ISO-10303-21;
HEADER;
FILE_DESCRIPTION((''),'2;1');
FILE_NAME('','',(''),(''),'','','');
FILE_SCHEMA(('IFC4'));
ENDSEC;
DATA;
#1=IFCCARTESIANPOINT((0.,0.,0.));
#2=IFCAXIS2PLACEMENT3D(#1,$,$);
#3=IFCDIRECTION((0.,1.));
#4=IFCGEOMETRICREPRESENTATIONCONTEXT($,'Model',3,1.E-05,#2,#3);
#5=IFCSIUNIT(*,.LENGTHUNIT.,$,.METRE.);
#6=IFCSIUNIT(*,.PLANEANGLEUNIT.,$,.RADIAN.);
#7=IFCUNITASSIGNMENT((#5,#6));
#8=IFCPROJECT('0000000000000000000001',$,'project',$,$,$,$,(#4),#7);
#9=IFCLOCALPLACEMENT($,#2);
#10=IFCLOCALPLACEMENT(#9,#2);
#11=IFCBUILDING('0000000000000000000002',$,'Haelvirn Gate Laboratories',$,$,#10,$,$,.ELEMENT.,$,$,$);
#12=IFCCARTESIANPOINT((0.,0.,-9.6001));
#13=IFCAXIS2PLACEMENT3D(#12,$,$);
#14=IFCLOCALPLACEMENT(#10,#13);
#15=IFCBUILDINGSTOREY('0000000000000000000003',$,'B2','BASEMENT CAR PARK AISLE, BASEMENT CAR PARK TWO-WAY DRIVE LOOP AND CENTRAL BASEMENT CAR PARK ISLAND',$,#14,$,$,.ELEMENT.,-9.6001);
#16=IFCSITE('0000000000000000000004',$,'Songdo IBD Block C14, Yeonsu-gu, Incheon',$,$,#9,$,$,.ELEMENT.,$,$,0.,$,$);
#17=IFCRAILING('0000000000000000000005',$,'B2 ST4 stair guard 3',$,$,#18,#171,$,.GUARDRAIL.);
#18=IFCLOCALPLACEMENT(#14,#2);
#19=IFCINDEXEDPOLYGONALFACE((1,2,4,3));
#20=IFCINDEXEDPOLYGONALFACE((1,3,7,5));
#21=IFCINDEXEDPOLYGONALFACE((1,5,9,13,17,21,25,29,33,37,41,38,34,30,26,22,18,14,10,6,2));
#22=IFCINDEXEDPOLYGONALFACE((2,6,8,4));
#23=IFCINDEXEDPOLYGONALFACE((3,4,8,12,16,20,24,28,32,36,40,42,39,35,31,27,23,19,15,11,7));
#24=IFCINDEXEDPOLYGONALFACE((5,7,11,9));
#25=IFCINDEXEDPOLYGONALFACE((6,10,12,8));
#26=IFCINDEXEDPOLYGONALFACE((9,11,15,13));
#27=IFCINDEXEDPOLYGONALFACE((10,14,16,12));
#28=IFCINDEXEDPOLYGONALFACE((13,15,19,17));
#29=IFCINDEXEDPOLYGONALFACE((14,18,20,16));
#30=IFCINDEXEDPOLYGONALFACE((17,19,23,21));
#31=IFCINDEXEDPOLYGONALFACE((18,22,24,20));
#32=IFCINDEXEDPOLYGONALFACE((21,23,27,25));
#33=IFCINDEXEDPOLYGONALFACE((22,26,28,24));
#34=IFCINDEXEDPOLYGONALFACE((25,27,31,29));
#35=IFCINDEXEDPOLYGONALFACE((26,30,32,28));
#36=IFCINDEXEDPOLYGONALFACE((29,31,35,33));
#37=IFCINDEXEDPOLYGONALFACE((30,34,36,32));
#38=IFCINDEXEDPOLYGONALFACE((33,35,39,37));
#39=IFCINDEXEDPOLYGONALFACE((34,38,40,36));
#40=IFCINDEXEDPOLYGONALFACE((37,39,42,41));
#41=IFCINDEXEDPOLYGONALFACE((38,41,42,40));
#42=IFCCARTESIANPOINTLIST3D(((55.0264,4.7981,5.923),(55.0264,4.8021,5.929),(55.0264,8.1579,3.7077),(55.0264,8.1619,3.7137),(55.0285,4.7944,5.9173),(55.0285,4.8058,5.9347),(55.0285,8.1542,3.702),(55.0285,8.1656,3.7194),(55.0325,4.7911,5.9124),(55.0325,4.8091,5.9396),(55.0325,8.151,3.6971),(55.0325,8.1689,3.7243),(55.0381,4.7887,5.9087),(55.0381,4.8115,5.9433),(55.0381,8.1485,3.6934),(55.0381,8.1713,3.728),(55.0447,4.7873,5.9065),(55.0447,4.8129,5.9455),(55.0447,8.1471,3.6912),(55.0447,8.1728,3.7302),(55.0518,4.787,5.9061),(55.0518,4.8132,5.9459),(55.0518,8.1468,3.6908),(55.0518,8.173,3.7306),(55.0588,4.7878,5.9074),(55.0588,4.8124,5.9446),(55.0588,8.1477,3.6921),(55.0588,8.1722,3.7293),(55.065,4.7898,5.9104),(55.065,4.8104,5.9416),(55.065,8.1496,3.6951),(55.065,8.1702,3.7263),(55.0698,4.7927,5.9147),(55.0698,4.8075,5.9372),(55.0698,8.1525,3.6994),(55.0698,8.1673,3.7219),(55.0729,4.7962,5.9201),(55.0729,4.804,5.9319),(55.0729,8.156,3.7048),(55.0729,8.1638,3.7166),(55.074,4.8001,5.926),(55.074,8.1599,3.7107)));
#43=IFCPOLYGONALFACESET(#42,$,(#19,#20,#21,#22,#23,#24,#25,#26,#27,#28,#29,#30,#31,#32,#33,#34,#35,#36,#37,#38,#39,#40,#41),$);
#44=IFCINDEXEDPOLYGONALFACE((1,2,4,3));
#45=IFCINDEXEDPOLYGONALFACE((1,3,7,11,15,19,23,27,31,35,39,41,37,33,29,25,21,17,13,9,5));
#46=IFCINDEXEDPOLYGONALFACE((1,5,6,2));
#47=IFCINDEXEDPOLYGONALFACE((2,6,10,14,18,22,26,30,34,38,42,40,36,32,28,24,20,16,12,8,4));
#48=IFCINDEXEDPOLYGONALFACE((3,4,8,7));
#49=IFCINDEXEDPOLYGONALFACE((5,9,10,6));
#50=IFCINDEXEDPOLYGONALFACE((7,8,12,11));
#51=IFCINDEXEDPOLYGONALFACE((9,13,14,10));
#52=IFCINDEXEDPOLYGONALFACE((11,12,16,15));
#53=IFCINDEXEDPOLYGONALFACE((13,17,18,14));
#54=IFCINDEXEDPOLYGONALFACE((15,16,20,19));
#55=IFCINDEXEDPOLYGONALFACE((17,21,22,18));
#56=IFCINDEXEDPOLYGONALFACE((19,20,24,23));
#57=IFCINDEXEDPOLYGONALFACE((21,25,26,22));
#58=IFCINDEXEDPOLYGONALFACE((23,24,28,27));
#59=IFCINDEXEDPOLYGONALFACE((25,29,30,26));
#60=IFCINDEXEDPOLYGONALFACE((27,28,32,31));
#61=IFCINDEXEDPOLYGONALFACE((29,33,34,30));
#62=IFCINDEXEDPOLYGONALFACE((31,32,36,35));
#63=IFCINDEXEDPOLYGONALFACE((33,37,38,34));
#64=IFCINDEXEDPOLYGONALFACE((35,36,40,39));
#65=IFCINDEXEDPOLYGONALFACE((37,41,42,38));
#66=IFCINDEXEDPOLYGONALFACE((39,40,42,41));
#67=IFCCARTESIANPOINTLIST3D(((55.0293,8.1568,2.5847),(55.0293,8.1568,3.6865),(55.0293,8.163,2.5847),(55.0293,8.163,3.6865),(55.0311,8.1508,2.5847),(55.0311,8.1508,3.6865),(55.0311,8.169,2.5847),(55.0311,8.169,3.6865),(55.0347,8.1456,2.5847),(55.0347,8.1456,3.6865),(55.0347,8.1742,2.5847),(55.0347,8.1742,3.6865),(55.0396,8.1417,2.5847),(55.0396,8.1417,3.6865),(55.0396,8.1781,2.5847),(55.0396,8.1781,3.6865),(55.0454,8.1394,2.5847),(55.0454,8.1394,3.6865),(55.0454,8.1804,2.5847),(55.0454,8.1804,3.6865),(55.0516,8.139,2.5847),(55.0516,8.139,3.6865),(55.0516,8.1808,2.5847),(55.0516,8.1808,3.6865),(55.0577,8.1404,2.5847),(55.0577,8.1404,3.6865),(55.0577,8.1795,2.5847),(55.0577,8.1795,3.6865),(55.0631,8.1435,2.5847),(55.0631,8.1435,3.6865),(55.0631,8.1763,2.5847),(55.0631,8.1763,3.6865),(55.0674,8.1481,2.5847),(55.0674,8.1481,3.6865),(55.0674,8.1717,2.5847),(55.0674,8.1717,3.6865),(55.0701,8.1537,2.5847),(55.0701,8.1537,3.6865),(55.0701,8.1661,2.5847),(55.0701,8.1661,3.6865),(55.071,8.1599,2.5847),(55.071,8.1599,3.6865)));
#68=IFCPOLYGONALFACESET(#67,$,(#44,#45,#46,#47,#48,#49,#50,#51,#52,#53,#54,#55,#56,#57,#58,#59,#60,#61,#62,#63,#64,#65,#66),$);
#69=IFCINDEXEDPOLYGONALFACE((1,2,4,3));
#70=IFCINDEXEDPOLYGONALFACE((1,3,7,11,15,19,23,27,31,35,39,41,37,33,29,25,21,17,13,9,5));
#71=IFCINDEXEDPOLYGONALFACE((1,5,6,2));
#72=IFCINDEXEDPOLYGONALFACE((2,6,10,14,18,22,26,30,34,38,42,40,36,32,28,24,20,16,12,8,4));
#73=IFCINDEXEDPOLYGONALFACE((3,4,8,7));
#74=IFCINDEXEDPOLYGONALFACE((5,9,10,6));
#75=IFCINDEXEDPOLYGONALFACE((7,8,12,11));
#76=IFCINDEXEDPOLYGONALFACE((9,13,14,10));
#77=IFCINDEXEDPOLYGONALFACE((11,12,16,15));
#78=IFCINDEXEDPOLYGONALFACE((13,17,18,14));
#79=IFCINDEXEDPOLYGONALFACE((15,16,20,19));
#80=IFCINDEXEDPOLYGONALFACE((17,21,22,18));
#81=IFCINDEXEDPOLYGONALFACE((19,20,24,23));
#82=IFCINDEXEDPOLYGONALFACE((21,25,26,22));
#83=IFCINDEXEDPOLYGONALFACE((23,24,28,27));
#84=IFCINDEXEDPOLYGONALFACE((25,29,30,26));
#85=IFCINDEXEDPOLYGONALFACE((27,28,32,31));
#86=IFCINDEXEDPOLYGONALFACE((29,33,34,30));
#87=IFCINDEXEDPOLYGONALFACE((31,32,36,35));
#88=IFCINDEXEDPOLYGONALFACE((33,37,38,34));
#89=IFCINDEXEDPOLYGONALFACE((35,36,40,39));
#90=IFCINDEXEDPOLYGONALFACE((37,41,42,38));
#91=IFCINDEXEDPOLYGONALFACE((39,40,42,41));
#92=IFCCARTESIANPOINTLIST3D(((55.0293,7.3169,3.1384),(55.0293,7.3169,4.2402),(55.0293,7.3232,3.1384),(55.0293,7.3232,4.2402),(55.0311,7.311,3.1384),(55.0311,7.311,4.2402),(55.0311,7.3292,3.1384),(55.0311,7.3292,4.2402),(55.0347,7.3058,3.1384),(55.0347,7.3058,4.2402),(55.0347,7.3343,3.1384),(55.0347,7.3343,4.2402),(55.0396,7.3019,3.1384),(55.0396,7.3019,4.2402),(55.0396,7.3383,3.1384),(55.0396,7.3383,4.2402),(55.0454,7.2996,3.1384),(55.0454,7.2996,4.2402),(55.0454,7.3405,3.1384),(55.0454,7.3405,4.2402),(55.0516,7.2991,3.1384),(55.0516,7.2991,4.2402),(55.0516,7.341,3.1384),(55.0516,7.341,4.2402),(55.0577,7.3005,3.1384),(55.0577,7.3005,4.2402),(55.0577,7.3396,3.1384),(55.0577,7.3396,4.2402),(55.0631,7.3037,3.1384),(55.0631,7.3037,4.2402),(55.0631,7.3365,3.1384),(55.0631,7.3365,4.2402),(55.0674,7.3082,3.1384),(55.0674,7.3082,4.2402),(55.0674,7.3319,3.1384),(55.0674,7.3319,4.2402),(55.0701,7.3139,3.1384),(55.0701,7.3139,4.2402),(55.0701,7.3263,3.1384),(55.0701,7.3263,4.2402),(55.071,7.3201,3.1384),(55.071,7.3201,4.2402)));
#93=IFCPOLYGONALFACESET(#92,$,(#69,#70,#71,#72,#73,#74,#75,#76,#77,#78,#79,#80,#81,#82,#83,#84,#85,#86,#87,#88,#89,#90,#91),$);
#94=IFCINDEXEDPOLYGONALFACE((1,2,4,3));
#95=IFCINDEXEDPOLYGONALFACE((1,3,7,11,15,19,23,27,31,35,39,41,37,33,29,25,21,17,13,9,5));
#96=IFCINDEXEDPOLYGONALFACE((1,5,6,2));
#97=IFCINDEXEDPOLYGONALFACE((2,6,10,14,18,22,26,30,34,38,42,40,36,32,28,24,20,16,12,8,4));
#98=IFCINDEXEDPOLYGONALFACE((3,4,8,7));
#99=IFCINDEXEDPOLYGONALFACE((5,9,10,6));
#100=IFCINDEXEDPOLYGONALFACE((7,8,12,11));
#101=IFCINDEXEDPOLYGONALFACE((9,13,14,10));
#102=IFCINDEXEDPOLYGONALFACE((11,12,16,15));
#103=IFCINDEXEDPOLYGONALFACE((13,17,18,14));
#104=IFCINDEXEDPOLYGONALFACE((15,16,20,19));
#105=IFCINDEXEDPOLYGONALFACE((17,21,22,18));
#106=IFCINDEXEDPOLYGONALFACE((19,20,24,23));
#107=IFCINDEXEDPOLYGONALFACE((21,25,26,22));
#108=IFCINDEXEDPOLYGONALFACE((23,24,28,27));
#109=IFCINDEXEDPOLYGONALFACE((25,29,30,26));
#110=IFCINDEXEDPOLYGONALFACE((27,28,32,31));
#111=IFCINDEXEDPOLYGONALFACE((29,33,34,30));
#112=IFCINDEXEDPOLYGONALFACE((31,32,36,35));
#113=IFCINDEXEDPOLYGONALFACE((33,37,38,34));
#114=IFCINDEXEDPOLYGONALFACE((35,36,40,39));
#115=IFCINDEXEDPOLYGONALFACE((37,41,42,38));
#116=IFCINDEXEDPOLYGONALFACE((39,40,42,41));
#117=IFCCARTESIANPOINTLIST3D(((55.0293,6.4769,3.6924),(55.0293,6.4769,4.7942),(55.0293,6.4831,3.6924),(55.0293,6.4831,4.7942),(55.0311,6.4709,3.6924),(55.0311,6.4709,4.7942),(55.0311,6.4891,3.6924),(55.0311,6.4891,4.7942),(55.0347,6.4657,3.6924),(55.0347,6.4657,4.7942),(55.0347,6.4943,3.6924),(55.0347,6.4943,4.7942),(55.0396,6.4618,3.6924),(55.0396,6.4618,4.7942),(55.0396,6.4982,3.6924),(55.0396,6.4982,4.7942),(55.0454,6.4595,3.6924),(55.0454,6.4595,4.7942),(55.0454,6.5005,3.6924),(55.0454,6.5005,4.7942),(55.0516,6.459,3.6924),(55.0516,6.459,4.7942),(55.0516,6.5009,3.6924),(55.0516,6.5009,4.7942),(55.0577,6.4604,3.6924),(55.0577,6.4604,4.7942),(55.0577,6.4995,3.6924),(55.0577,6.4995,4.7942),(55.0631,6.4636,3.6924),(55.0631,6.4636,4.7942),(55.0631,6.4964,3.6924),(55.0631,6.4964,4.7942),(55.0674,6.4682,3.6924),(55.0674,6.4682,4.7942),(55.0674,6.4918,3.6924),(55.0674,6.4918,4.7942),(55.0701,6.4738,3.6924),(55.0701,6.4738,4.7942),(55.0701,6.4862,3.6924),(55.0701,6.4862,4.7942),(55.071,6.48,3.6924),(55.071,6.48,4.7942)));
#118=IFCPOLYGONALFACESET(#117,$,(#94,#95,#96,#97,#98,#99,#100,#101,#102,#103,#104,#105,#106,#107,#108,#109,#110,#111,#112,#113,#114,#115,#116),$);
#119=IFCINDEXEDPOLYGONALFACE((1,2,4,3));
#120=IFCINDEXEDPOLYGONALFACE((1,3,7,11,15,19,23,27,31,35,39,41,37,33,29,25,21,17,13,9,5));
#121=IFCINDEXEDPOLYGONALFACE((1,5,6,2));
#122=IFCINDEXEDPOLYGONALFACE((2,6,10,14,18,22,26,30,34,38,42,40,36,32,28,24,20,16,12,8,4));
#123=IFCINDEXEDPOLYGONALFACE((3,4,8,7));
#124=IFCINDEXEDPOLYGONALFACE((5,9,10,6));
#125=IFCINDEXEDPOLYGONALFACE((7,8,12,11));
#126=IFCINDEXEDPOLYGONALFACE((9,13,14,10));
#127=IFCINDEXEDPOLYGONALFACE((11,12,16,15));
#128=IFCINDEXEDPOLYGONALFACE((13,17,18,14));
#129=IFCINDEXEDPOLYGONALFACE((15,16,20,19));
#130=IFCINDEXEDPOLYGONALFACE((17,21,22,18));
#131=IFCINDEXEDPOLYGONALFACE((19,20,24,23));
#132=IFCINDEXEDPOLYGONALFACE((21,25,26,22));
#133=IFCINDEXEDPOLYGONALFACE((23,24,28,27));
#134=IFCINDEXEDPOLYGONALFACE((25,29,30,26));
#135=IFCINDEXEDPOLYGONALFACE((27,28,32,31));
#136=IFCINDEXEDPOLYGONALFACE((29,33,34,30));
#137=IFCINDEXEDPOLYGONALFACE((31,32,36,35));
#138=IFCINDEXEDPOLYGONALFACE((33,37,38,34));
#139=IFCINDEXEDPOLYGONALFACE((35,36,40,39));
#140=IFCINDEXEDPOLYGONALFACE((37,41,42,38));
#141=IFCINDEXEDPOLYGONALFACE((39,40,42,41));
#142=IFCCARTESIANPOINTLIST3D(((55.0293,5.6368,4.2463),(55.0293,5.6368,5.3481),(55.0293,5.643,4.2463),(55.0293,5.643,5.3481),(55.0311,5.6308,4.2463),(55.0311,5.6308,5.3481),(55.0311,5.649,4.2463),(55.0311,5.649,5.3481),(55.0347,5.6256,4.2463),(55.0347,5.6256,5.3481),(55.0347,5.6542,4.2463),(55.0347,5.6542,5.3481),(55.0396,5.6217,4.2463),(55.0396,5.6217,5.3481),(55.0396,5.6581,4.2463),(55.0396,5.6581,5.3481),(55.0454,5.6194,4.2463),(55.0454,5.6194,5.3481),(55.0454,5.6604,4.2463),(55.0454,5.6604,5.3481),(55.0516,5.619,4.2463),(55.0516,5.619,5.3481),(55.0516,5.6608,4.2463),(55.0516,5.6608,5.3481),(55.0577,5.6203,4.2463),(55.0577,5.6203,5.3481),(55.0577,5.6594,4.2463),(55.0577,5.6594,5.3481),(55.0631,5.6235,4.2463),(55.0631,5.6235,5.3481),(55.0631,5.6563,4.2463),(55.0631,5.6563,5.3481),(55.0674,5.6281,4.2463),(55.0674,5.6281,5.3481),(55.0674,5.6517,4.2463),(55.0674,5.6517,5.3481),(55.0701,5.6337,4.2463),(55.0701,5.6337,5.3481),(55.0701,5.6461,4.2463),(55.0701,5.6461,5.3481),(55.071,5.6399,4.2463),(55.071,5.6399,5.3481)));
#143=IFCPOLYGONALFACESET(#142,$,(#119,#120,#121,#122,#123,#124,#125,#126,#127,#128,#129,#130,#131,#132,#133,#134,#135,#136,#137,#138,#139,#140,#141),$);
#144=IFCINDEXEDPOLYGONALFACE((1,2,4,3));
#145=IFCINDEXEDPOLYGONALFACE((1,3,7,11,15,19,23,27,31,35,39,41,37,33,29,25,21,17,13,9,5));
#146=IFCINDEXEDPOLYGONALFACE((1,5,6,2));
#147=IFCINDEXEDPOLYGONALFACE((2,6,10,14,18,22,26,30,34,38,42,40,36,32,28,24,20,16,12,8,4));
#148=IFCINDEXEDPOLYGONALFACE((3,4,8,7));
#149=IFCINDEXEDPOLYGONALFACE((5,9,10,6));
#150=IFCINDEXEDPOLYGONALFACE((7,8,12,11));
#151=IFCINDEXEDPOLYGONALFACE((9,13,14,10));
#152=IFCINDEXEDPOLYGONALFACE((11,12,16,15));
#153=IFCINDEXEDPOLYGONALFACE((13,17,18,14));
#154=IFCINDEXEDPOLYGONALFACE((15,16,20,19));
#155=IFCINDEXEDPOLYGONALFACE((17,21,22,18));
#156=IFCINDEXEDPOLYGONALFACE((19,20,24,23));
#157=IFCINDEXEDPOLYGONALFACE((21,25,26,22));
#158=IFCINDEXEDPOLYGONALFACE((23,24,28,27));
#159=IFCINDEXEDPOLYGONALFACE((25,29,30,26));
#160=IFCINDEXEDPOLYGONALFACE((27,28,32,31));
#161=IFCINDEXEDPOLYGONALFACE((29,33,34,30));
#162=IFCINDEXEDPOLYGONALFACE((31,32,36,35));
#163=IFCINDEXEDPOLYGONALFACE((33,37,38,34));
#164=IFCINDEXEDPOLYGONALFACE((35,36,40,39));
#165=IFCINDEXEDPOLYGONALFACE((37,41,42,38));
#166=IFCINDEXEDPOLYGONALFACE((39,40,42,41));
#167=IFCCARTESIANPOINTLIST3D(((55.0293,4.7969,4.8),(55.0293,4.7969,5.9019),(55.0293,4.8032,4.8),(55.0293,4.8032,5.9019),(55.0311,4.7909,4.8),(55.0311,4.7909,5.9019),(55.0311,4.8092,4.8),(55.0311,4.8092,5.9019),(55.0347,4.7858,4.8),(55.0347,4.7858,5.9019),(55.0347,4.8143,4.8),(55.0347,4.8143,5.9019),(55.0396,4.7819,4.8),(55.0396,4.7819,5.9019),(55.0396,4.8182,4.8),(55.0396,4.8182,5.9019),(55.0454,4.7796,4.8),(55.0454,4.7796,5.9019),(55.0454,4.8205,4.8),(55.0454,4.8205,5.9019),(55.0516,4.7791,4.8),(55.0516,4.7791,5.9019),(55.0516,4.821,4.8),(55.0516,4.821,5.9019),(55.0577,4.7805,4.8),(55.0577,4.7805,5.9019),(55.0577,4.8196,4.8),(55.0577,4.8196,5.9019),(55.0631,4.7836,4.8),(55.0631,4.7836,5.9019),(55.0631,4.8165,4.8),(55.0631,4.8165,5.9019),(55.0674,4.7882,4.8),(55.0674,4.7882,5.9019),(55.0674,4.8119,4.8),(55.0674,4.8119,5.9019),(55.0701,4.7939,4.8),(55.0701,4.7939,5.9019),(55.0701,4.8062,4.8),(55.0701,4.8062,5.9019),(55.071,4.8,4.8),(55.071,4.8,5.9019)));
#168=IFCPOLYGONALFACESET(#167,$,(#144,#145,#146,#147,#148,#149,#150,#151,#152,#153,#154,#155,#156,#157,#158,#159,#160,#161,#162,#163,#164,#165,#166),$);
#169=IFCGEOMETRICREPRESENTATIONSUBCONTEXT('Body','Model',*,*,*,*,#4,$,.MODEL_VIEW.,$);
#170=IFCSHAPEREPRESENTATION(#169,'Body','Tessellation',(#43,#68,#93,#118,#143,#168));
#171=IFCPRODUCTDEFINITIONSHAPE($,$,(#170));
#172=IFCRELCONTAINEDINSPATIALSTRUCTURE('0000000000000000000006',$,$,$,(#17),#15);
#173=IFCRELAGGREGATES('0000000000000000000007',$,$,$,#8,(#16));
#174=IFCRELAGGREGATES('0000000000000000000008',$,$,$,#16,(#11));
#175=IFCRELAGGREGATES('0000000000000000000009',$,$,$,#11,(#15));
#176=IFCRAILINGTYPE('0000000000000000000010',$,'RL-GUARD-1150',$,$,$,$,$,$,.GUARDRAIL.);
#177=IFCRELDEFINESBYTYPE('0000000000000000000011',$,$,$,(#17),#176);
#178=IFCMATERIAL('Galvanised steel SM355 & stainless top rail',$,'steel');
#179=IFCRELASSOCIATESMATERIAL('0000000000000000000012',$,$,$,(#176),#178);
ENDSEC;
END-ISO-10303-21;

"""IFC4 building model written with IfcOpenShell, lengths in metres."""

from ifc_helpers import new_model, si_unit, direction, frame, origin, origin_2d, place, context, subcontext, project, spatial, circle, extrude, source, transform, mapped, material, type_object, element, save


model = new_model("IFC4")

# Units and contexts
model_context = context("Model", 3, precision=1e-05, world=origin(), true_north=direction((0.0, 1.0)))
body_context = subcontext(model_context, "Body", "Model", "MODEL_VIEW")
ifc_project = project(units=[si_unit("LENGTHUNIT", "METRE"), si_unit("PLANEANGLEUNIT", "RADIAN")], contexts=[model_context])

# Site, building, storey
site_placement = place(None, origin())
site = spatial("IfcSite", under=ifc_project, at=site_placement, Name="Songdo IBD Block C14, Yeonsu-gu, Incheon", CompositionType="ELEMENT", RefElevation=0.0)
building_placement = place(site_placement, origin())
building = spatial("IfcBuilding", under=site, at=building_placement, Name="Haelvirn Gate Laboratories", CompositionType="ELEMENT")
storey_placement = place(building_placement, frame((0.0, 0.0, -9.6001)))
storey = spatial("IfcBuildingStorey", under=building, at=storey_placement, Name="B2", Description="BASEMENT CAR PARK AISLE, BASEMENT CAR PARK TWO-WAY DRIVE LOOP AND CENTRAL BASEMENT CAR PARK ISLAND", CompositionType="ELEMENT", Elevation=-9.6001)

# Railing
ifc_material_1 = material(Name="Galvanised steel SM355 & stainless top rail", Category="steel")
railing_type_1 = type_object("IfcRailingType", Name="RL-GUARD-1150", PredefinedType="GUARDRAIL", material=ifc_material_1)
shared_shape_1 = source(origin(), body_context, "Body", "SweptSolid", [
    extrude(circle(Radius=0.0239, at=origin_2d()), frame((0.0, 0.0, 1.126), z_axis=(0.0, -0.834858, 0.550465), x_axis=(1.0, 0.0, 0.0)), (0.0, 0.0, 1.0), 4.0244),
    extrude(circle(Radius=0.021, at=origin_2d()), origin(), (0.0, 0.0, 1.0), 1.1018),
    extrude(circle(Radius=0.021, at=origin_2d()), frame((0.0, -0.8398, 0.5537)), (0.0, 0.0, 1.0), 1.1018),
    extrude(circle(Radius=0.021, at=origin_2d()), frame((0.0, -1.6799, 1.1077)), (0.0, 0.0, 1.0), 1.1018),
    extrude(circle(Radius=0.021, at=origin_2d()), frame((0.0, -2.52, 1.6616)), (0.0, 0.0, 1.0), 1.1018),
    extrude(circle(Radius=0.021, at=origin_2d()), frame((0.0, -3.3599, 2.2153)), (0.0, 0.0, 1.0), 1.1018),
])
railing_1_placement = place(storey_placement, frame((55.05, 8.1599, 2.5847)))
element("IfcRailing", 1, at=railing_1_placement, inside=storey, type_object=railing_type_1, Name="B2 ST4 stair guard 3", PredefinedType="GUARDRAIL", context=body_context, shape_type="MappedRepresentation", body=[
    mapped(shared_shape_1, transform((0.0, 0.0, 0.0), scale=1.0)),
])

save(model, "model.ifc")
